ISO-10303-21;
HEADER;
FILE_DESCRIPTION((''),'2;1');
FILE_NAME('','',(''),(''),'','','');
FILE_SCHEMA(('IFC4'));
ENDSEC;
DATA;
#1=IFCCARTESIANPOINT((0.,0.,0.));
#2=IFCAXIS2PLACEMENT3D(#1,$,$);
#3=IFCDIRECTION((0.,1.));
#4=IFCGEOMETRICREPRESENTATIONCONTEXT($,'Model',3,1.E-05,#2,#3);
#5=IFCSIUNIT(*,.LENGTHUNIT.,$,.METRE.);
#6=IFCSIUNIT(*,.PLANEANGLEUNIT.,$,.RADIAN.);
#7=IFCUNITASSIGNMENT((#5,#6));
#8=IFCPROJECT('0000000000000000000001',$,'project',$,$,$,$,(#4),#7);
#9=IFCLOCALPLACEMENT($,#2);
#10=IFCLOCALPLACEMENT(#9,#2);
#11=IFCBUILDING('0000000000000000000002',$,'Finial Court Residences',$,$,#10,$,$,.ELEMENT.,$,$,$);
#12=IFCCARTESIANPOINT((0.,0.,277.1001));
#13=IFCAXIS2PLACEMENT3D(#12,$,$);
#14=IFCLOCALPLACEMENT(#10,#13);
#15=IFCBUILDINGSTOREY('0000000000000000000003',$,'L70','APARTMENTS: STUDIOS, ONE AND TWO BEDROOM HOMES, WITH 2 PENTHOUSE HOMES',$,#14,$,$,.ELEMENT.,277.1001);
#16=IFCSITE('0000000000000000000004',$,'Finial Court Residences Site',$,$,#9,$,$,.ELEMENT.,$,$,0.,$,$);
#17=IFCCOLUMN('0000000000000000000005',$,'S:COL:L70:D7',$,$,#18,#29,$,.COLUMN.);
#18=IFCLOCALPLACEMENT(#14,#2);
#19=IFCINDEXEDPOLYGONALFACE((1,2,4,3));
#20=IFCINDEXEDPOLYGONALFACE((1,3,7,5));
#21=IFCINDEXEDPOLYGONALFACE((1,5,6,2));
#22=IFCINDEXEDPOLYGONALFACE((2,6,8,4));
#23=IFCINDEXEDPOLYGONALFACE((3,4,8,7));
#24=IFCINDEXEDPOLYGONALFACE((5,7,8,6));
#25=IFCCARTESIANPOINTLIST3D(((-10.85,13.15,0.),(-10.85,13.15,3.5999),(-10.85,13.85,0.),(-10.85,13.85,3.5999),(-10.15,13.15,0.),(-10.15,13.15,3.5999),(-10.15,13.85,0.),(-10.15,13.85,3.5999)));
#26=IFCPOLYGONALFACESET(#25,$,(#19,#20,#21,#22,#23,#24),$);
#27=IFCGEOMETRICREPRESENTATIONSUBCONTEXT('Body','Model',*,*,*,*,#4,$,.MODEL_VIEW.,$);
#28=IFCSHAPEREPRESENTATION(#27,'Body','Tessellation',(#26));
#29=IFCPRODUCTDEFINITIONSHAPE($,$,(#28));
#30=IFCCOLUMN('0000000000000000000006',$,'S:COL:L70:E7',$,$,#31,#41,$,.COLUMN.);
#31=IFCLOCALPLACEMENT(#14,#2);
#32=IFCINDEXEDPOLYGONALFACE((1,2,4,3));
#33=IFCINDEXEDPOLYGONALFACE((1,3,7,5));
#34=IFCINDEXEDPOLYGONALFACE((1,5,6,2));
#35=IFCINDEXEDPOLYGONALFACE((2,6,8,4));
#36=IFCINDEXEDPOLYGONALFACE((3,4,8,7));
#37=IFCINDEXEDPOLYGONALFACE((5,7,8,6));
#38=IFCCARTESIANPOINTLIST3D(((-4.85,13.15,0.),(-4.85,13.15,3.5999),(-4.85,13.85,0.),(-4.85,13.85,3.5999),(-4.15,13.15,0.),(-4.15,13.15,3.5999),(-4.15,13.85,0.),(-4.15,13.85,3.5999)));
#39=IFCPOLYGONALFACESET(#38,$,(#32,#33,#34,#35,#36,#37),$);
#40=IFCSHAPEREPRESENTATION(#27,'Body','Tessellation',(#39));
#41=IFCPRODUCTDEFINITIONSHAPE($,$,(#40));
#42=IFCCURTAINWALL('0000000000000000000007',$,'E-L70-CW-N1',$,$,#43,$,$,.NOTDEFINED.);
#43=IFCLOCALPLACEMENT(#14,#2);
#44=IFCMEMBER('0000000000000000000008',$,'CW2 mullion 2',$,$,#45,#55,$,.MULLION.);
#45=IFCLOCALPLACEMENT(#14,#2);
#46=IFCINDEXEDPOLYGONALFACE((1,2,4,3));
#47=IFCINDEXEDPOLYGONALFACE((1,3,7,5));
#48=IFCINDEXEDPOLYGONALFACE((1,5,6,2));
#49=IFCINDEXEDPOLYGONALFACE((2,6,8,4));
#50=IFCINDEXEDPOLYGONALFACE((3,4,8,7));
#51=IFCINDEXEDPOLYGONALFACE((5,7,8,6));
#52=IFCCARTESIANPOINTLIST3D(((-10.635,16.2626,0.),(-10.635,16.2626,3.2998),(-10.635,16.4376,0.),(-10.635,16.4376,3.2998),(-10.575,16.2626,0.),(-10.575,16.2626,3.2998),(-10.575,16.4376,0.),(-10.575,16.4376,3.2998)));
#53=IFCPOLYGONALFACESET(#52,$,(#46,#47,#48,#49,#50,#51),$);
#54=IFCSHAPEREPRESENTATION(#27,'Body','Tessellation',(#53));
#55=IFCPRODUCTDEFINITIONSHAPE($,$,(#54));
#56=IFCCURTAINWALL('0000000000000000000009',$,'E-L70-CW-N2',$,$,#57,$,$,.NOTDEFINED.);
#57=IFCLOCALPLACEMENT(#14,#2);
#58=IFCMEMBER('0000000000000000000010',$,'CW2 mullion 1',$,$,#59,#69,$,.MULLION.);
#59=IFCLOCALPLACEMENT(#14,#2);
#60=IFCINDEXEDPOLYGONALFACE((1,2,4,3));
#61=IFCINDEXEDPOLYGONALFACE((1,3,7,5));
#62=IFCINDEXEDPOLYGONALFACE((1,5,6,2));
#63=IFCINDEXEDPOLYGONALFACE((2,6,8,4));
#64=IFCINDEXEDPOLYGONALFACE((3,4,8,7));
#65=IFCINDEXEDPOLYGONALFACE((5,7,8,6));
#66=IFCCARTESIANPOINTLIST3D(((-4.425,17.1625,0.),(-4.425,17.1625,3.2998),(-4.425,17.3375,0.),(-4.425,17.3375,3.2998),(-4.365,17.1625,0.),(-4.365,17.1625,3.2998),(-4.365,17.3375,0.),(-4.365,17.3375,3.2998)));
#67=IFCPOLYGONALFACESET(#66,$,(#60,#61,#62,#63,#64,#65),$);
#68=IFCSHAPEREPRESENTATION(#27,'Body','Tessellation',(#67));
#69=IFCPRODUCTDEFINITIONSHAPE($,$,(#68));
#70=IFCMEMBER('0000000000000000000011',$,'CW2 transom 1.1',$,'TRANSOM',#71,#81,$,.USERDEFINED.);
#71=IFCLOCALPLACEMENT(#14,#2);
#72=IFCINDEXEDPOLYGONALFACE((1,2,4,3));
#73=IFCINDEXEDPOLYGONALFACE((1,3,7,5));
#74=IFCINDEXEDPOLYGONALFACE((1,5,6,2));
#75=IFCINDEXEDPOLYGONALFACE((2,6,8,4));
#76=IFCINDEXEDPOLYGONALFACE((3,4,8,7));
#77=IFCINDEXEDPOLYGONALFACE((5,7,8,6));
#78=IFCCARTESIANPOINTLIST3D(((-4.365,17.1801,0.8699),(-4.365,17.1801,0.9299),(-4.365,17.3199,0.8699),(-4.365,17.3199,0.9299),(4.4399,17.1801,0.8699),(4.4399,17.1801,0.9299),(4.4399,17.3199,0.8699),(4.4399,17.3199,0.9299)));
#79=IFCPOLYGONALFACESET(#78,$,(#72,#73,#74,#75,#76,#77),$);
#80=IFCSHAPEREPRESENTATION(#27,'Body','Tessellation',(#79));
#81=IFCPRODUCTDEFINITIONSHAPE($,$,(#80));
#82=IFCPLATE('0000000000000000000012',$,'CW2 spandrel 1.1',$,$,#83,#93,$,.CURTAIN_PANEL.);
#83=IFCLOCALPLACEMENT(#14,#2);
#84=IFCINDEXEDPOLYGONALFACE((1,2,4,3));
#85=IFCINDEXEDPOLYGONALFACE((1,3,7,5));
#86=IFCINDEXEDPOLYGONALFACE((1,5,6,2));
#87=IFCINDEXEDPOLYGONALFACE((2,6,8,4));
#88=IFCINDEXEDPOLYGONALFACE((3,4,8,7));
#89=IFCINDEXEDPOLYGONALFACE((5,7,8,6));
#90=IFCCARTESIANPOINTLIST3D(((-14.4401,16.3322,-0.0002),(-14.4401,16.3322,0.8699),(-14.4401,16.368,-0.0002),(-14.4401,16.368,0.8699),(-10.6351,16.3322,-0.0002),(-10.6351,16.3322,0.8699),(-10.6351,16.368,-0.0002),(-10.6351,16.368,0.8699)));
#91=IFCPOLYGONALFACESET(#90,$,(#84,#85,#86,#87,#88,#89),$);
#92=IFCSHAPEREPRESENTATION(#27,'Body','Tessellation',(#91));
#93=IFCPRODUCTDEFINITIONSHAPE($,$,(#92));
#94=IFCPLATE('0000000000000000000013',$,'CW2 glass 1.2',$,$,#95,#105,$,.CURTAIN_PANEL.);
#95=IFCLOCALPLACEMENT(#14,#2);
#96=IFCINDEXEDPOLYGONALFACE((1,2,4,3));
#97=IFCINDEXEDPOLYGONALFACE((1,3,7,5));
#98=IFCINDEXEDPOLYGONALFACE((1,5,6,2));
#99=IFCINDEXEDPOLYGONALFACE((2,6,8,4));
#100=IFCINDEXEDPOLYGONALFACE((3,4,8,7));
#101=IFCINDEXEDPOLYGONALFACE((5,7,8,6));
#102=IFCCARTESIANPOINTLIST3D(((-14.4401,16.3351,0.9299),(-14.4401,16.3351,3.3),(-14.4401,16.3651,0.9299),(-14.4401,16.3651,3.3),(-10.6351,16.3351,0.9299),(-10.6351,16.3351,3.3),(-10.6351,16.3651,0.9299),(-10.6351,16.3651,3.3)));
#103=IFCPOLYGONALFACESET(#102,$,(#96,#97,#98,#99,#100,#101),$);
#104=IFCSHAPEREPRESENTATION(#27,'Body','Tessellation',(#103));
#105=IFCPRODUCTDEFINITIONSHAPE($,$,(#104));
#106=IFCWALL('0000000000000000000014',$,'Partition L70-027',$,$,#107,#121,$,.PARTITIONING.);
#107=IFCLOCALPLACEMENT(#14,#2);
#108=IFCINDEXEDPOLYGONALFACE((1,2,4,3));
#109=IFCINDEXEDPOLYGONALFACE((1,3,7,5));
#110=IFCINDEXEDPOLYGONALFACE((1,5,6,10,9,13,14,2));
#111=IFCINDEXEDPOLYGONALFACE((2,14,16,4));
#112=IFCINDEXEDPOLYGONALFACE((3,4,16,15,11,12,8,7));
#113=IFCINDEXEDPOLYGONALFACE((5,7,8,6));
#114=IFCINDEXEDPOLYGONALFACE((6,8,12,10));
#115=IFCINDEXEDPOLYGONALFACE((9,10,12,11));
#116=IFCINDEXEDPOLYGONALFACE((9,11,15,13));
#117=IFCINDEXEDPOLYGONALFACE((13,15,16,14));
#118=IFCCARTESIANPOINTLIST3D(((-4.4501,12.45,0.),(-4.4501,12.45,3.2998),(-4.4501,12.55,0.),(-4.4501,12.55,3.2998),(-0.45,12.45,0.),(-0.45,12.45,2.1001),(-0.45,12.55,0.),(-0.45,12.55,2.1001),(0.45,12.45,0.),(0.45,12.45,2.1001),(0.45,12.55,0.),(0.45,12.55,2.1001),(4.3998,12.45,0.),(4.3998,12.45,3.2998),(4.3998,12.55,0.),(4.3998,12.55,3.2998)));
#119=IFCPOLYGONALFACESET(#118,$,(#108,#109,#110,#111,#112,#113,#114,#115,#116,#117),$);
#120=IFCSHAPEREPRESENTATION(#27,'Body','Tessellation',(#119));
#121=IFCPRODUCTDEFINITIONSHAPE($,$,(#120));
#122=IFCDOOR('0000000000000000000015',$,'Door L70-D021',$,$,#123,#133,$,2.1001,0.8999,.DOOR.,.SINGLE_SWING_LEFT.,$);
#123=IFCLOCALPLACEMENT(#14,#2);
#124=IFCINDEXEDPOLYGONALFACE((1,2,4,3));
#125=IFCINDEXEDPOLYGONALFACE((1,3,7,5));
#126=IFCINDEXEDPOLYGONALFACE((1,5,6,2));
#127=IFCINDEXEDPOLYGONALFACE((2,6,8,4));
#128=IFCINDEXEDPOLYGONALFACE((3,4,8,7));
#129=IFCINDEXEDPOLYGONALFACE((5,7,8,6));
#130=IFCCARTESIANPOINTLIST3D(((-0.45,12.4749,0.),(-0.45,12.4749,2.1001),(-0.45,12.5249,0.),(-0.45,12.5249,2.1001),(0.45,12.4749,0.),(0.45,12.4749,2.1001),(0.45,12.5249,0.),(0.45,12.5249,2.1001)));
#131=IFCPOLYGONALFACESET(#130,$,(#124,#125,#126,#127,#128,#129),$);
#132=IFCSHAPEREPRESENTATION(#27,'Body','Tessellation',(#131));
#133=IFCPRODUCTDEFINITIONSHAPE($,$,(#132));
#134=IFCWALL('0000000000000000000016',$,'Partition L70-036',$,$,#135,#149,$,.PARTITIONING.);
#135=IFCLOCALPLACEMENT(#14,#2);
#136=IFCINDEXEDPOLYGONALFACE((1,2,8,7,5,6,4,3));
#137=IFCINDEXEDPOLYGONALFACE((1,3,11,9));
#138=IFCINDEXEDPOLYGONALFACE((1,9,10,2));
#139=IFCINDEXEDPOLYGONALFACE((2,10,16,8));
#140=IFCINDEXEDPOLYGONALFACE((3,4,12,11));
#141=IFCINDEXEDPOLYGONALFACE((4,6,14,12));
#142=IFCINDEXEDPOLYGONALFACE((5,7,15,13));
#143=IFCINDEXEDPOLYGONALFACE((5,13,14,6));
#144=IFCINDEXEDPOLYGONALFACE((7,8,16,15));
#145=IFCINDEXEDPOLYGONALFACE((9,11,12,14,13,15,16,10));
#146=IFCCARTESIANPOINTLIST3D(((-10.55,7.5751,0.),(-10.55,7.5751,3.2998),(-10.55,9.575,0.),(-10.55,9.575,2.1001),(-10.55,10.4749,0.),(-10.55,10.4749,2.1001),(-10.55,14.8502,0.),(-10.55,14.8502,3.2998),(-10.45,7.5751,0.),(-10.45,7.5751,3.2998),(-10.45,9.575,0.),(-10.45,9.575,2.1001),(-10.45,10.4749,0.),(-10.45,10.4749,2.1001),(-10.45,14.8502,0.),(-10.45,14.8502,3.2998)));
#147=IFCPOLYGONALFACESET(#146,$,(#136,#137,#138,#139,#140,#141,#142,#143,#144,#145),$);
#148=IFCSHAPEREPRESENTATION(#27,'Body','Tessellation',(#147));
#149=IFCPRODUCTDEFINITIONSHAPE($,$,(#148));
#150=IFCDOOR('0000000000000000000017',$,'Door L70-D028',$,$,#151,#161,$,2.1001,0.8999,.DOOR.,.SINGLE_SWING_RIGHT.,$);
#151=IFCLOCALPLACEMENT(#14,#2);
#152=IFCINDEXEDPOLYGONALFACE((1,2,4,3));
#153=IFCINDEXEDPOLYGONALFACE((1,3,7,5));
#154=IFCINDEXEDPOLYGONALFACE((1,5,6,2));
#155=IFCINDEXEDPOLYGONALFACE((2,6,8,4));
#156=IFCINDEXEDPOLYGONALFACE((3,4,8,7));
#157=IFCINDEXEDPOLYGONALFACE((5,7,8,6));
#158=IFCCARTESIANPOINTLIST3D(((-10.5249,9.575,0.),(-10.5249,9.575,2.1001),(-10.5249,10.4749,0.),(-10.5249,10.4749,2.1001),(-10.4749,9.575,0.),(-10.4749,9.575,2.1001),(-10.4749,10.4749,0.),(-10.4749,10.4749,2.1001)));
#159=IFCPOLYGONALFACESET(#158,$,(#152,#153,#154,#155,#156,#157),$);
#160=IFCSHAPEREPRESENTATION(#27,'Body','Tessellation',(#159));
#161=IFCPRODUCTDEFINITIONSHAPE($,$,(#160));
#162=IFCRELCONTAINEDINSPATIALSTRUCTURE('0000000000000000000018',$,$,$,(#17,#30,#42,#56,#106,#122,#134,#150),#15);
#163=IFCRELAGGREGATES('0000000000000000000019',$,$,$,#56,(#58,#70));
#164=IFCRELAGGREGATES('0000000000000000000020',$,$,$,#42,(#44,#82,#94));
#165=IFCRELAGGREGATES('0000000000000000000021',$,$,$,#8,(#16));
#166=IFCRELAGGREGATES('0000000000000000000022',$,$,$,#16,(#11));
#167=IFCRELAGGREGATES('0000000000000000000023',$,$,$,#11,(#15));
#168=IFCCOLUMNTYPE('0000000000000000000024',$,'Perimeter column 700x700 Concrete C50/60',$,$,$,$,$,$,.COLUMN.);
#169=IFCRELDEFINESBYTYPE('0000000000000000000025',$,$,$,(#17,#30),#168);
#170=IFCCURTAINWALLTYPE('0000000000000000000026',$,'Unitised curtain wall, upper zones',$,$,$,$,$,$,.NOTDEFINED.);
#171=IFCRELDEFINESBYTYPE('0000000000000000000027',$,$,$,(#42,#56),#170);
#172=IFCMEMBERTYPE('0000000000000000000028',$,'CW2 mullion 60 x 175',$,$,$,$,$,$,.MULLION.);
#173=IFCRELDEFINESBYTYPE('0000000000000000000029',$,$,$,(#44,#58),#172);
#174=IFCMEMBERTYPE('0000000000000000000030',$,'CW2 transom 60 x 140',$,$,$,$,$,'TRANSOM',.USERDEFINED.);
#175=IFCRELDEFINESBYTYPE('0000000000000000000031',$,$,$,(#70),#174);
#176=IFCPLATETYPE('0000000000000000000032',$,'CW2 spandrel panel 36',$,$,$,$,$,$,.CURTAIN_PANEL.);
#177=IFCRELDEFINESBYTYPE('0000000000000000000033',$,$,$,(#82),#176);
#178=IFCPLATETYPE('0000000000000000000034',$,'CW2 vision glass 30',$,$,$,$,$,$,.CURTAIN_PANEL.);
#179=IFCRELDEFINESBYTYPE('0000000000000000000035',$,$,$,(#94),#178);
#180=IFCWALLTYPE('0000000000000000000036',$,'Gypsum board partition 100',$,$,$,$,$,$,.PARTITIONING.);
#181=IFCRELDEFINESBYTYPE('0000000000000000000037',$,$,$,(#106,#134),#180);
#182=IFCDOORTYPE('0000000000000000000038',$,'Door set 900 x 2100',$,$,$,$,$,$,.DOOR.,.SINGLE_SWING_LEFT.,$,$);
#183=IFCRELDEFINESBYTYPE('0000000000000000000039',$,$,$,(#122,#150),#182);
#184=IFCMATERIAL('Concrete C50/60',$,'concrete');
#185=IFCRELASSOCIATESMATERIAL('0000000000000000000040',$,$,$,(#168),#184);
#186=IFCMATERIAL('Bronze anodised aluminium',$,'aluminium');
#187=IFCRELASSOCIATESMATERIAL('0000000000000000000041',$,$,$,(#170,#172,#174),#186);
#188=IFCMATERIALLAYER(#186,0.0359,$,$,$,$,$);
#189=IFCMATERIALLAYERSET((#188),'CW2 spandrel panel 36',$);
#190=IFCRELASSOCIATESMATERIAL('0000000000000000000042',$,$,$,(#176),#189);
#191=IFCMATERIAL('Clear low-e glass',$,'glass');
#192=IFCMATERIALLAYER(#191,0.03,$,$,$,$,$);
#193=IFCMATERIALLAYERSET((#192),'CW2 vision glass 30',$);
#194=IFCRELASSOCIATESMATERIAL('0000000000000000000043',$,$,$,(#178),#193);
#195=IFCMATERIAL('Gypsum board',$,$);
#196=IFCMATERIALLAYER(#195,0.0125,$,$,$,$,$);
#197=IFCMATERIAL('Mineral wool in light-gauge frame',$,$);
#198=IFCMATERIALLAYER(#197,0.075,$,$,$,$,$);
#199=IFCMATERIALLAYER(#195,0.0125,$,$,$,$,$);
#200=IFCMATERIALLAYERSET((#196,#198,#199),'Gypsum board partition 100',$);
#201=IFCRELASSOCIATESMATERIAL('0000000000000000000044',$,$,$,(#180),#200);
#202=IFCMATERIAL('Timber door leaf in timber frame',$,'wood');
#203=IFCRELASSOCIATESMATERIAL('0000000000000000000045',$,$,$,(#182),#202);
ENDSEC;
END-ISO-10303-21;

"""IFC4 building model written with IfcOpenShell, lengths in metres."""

from ifc_helpers import new_model, si_unit, direction, frame, frame_2d, origin, origin_2d, place, context, subcontext, project, spatial, rectangle, extrude, material, layer, layer_set, material_profile, profile_set, type_object, element, fill, aggregate, save


model = new_model("IFC4")

# Units and contexts
model_context = context("Model", 3, precision=1e-05, world=origin(), true_north=direction((0.0, 1.0)))
body_context = subcontext(model_context, "Body", "Model", "MODEL_VIEW")
ifc_project = project(units=[si_unit("LENGTHUNIT", "METRE"), si_unit("PLANEANGLEUNIT", "RADIAN")], contexts=[model_context])

# Site, building, storey
site_placement = place(None, origin())
site = spatial("IfcSite", under=ifc_project, at=site_placement, Name="Finial Court Residences Site", CompositionType="ELEMENT", RefElevation=0.0)
building_placement = place(site_placement, origin())
building = spatial("IfcBuilding", under=site, at=building_placement, Name="Finial Court Residences", CompositionType="ELEMENT")
storey_placement = place(building_placement, frame((0.0, 0.0, 277.1001)))
storey = spatial("IfcBuildingStorey", under=building, at=storey_placement, Name="L70", Description="APARTMENTS: STUDIOS, ONE AND TWO BEDROOM HOMES, WITH 2 PENTHOUSE HOMES", CompositionType="ELEMENT", Elevation=277.1001)

# Columns
ifc_material_1 = material(Name="Concrete C50/60", Category="concrete")
ifc_material_profile_1 = material_profile(ifc_material_1, rectangle(XDim=0.7, YDim=0.7, at=origin_2d()), Name="700x700")
ifc_profile_set_1 = profile_set([ifc_material_profile_1], Name="Concrete C50/60")
column_type = type_object("IfcColumnType", Name="Perimeter column 700x700 Concrete C50/60", PredefinedType="COLUMN", material=ifc_profile_set_1)
for number, where, z_axis, x_axis, name in (
    (1, (-10.5, 13.5, 0.0), (0.0, 0.0, 1.0), (1.0, 0.0, 0.0), "S:COL:L70:D7"),
    (2, (-4.5, 13.5, 0.0), (0.0, 0.0, 1.0), (1.0, 0.0, 0.0), "S:COL:L70:E7"),
):
    element("IfcColumn", number, at=place(storey_placement, frame(where, z_axis=z_axis, x_axis=x_axis)), inside=storey, type_object=column_type, Name=name, PredefinedType="COLUMN", context=body_context, shape_type="SweptSolid", body=[
        extrude(rectangle(XDim=0.7, YDim=0.7, at=origin_2d()), origin(), (0.0, 0.0, 1.0), 3.5999),
    ])

# Curtain wall, member
ifc_material_2 = material(Name="Bronze anodised aluminium", Category="aluminium")
curtain_wall_type = type_object("IfcCurtainWallType", Name="Unitised curtain wall, upper zones", PredefinedType="NOTDEFINED", material=ifc_material_2)
curtain_wall_1_placement = place(storey_placement, origin())
curtain_wall_1 = element("IfcCurtainWall", 3, at=curtain_wall_1_placement, inside=storey, type_object=curtain_wall_type, Name="E-L70-CW-N1", PredefinedType="NOTDEFINED")
ifc_material_profile_2 = material_profile(ifc_material_2, rectangle(XDim=0.175, YDim=0.0601, at=origin_2d()), Name="CW2 mullion 60 x 175")
ifc_profile_set_2 = profile_set([ifc_material_profile_2], Name="Bronze anodised aluminium")
member_type_1 = type_object("IfcMemberType", Name="CW2 mullion 60 x 175", PredefinedType="MULLION", material=ifc_profile_set_2)
member_1_placement = place(storey_placement, frame((-10.605, 16.3501, 0.0), z_axis=(0.0, 0.0, 1.0), x_axis=(0.0, 1.0, 0.0)))
member_1 = element("IfcMember", 4, at=member_1_placement, type_object=member_type_1, Name="CW2 mullion 2", PredefinedType="MULLION", context=body_context, shape_type="SweptSolid", body=[
    extrude(rectangle(XDim=0.175, YDim=0.0601, at=origin_2d()), origin(), (0.0, 0.0, 1.0), 3.2998),
])

# Curtain wall, members
curtain_wall_2_placement = place(storey_placement, origin())
curtain_wall_2 = element("IfcCurtainWall", 5, at=curtain_wall_2_placement, inside=storey, type_object=curtain_wall_type, Name="E-L70-CW-N2", PredefinedType="NOTDEFINED")
member_2_placement = place(storey_placement, frame((-4.395, 17.25, 0.0), z_axis=(0.0, 0.0, 1.0), x_axis=(0.0, 1.0, 0.0)))
member_2 = element("IfcMember", 6, at=member_2_placement, type_object=member_type_1, Name="CW2 mullion 1", PredefinedType="MULLION", context=body_context, shape_type="SweptSolid", body=[
    extrude(rectangle(XDim=0.175, YDim=0.0601, at=origin_2d()), origin(), (0.0, 0.0, 1.0), 3.2998),
])
ifc_material_profile_3 = material_profile(ifc_material_2, rectangle(XDim=0.1399, YDim=0.0601, at=origin_2d()), Name="CW2 transom 60 x 140")
ifc_profile_set_3 = profile_set([ifc_material_profile_3], Name="Bronze anodised aluminium")
member_type_2 = type_object("IfcMemberType", Name="CW2 transom 60 x 140", ElementType="TRANSOM", PredefinedType="USERDEFINED", material=ifc_profile_set_3)
member_3_placement = place(storey_placement, frame((-4.365, 17.25, 0.8999), z_axis=(1.0, 0.0, 0.0), x_axis=(0.0, 1.0, 0.0)))
member_3 = element("IfcMember", 7, at=member_3_placement, type_object=member_type_2, Name="CW2 transom 1.1", ObjectType="TRANSOM", PredefinedType="USERDEFINED", context=body_context, shape_type="SweptSolid", body=[
    extrude(rectangle(XDim=0.1399, YDim=0.0601, at=origin_2d()), origin(), (0.0, 0.0, 1.0), 8.8049),
])
aggregate(curtain_wall_2, [member_2, member_3])

# Plates
ifc_layer_1 = layer(ifc_material_2, 0.0359)
ifc_layer_set_1 = layer_set([ifc_layer_1], Name="CW2 spandrel panel 36")
plate_type_1 = type_object("IfcPlateType", Name="CW2 spandrel panel 36", PredefinedType="CURTAIN_PANEL", material=ifc_layer_set_1)
plate_1_placement = place(storey_placement, frame((-12.5376, 16.3501, -0.0002), z_axis=(0.0, 0.0, 1.0), x_axis=(1.0, 0.0, 0.0)))
plate_1 = element("IfcPlate", 8, at=plate_1_placement, type_object=plate_type_1, Name="CW2 spandrel 1.1", PredefinedType="CURTAIN_PANEL", context=body_context, shape_type="SweptSolid", body=[
    extrude(rectangle(XDim=3.8049, YDim=0.0359, at=origin_2d()), origin(), (0.0, 0.0, 1.0), 0.8701),
])
ifc_material_3 = material(Name="Clear low-e glass", Category="glass")
ifc_layer_2 = layer(ifc_material_3, 0.03)
ifc_layer_set_2 = layer_set([ifc_layer_2], Name="CW2 vision glass 30")
plate_type_2 = type_object("IfcPlateType", Name="CW2 vision glass 30", PredefinedType="CURTAIN_PANEL", material=ifc_layer_set_2)
plate_2_placement = place(storey_placement, frame((-12.5376, 16.3501, 0.9299), z_axis=(0.0, 0.0, 1.0), x_axis=(1.0, 0.0, 0.0)))
plate_2 = element("IfcPlate", 9, at=plate_2_placement, type_object=plate_type_2, Name="CW2 glass 1.2", PredefinedType="CURTAIN_PANEL", context=body_context, shape_type="SweptSolid", body=[
    extrude(rectangle(XDim=3.8049, YDim=0.03, at=origin_2d()), origin(), (0.0, 0.0, 1.0), 2.3701),
])
aggregate(curtain_wall_1, [member_1, plate_1, plate_2])

# Walls, openings, doors
ifc_material_4 = material(Name="Gypsum board")
ifc_layer_3 = layer(ifc_material_4, 0.0125)
ifc_material_5 = material(Name="Mineral wool in light-gauge frame")
ifc_layer_4 = layer(ifc_material_5, 0.075)
ifc_layer_5 = layer(ifc_material_4, 0.0125)
ifc_layer_set_3 = layer_set([ifc_layer_3, ifc_layer_4, ifc_layer_5], Name="Gypsum board partition 100")
wall_type_1 = type_object("IfcWallType", Name="Gypsum board partition 100", PredefinedType="PARTITIONING", material=ifc_layer_set_3)
wall_1_placement = place(storey_placement, frame((-4.45, 12.5, 0.0), z_axis=(0.0, 0.0, 1.0), x_axis=(1.0, 0.0, 0.0)))
wall_1 = element("IfcWall", 10, at=wall_1_placement, inside=storey, type_object=wall_type_1, Name="Partition L70-027", PredefinedType="PARTITIONING", context=body_context, shape_type="SweptSolid", body=[
    extrude(rectangle(XDim=8.8499, YDim=0.1001, at=frame_2d((4.4248, 0.0))), origin(), (0.0, 0.0, 1.0), 3.2998),
])
opening_1_placement = place(wall_1_placement, frame((4.0, 0.0, 0.0)))
opening_1 = element("IfcOpeningElement", 11, at=opening_1_placement, cuts=wall_1, PredefinedType="OPENING", context=body_context, shape_type="SweptSolid", body=[
    extrude(rectangle(XDim=0.8999, YDim=2.1001, at=frame_2d((0.45, 1.05))), frame((0.0, 0.0601, 0.0), z_axis=(0.0, -1.0, 0.0), x_axis=(1.0, 0.0, 0.0)), (0.0, 0.0, 1.0), 0.1201),
])
ifc_material_6 = material(Name="Timber door leaf in timber frame", Category="wood")
door_type_1 = type_object("IfcDoorType", Name="Door set 900 x 2100", OperationType="SINGLE_SWING_LEFT", PredefinedType="DOOR", material=ifc_material_6)
door_1_placement = place(opening_1_placement, origin())
door_1 = element("IfcDoor", 12, at=door_1_placement, inside=storey, type_object=door_type_1, Name="Door L70-D021", OperationType="SINGLE_SWING_LEFT", OverallHeight=2.1001, OverallWidth=0.8999, PredefinedType="DOOR", context=body_context, shape_type="SweptSolid", body=[
    extrude(rectangle(XDim=0.8999, YDim=2.1001, at=frame_2d((0.45, 1.05))), frame((0.0, 0.0249, 0.0), z_axis=(0.0, -1.0, 0.0), x_axis=(1.0, 0.0, 0.0)), (0.0, 0.0, 1.0), 0.05),
])
fill(opening_1, door_1)
wall_2_placement = place(storey_placement, frame((-10.5, 7.575, 0.0), z_axis=(0.0, 0.0, 1.0), x_axis=(0.0, 1.0, 0.0)))
wall_2 = element("IfcWall", 13, at=wall_2_placement, inside=storey, type_object=wall_type_1, Name="Partition L70-036", PredefinedType="PARTITIONING", context=body_context, shape_type="SweptSolid", body=[
    extrude(rectangle(XDim=7.2751, YDim=0.1001, at=frame_2d((3.6377, 0.0))), origin(), (0.0, 0.0, 1.0), 3.2998),
])
opening_2_placement = place(wall_2_placement, frame((2.0, 0.0, 0.0)))
opening_2 = element("IfcOpeningElement", 14, at=opening_2_placement, cuts=wall_2, PredefinedType="OPENING", context=body_context, shape_type="SweptSolid", body=[
    extrude(rectangle(XDim=0.8999, YDim=2.1001, at=frame_2d((0.45, 1.05))), frame((0.0, 0.0601, 0.0), z_axis=(0.0, -1.0, 0.0), x_axis=(1.0, 0.0, 0.0)), (0.0, 0.0, 1.0), 0.1201),
])
door_2_placement = place(opening_2_placement, origin())
door_2 = element("IfcDoor", 15, at=door_2_placement, inside=storey, type_object=door_type_1, Name="Door L70-D028", OperationType="SINGLE_SWING_RIGHT", OverallHeight=2.1001, OverallWidth=0.8999, PredefinedType="DOOR", context=body_context, shape_type="SweptSolid", body=[
    extrude(rectangle(XDim=0.8999, YDim=2.1001, at=frame_2d((0.45, 1.05))), frame((0.0, 0.0249, 0.0), z_axis=(0.0, -1.0, 0.0), x_axis=(1.0, 0.0, 0.0)), (0.0, 0.0, 1.0), 0.05),
])
fill(opening_2, door_2)

save(model, "model.ifc")
